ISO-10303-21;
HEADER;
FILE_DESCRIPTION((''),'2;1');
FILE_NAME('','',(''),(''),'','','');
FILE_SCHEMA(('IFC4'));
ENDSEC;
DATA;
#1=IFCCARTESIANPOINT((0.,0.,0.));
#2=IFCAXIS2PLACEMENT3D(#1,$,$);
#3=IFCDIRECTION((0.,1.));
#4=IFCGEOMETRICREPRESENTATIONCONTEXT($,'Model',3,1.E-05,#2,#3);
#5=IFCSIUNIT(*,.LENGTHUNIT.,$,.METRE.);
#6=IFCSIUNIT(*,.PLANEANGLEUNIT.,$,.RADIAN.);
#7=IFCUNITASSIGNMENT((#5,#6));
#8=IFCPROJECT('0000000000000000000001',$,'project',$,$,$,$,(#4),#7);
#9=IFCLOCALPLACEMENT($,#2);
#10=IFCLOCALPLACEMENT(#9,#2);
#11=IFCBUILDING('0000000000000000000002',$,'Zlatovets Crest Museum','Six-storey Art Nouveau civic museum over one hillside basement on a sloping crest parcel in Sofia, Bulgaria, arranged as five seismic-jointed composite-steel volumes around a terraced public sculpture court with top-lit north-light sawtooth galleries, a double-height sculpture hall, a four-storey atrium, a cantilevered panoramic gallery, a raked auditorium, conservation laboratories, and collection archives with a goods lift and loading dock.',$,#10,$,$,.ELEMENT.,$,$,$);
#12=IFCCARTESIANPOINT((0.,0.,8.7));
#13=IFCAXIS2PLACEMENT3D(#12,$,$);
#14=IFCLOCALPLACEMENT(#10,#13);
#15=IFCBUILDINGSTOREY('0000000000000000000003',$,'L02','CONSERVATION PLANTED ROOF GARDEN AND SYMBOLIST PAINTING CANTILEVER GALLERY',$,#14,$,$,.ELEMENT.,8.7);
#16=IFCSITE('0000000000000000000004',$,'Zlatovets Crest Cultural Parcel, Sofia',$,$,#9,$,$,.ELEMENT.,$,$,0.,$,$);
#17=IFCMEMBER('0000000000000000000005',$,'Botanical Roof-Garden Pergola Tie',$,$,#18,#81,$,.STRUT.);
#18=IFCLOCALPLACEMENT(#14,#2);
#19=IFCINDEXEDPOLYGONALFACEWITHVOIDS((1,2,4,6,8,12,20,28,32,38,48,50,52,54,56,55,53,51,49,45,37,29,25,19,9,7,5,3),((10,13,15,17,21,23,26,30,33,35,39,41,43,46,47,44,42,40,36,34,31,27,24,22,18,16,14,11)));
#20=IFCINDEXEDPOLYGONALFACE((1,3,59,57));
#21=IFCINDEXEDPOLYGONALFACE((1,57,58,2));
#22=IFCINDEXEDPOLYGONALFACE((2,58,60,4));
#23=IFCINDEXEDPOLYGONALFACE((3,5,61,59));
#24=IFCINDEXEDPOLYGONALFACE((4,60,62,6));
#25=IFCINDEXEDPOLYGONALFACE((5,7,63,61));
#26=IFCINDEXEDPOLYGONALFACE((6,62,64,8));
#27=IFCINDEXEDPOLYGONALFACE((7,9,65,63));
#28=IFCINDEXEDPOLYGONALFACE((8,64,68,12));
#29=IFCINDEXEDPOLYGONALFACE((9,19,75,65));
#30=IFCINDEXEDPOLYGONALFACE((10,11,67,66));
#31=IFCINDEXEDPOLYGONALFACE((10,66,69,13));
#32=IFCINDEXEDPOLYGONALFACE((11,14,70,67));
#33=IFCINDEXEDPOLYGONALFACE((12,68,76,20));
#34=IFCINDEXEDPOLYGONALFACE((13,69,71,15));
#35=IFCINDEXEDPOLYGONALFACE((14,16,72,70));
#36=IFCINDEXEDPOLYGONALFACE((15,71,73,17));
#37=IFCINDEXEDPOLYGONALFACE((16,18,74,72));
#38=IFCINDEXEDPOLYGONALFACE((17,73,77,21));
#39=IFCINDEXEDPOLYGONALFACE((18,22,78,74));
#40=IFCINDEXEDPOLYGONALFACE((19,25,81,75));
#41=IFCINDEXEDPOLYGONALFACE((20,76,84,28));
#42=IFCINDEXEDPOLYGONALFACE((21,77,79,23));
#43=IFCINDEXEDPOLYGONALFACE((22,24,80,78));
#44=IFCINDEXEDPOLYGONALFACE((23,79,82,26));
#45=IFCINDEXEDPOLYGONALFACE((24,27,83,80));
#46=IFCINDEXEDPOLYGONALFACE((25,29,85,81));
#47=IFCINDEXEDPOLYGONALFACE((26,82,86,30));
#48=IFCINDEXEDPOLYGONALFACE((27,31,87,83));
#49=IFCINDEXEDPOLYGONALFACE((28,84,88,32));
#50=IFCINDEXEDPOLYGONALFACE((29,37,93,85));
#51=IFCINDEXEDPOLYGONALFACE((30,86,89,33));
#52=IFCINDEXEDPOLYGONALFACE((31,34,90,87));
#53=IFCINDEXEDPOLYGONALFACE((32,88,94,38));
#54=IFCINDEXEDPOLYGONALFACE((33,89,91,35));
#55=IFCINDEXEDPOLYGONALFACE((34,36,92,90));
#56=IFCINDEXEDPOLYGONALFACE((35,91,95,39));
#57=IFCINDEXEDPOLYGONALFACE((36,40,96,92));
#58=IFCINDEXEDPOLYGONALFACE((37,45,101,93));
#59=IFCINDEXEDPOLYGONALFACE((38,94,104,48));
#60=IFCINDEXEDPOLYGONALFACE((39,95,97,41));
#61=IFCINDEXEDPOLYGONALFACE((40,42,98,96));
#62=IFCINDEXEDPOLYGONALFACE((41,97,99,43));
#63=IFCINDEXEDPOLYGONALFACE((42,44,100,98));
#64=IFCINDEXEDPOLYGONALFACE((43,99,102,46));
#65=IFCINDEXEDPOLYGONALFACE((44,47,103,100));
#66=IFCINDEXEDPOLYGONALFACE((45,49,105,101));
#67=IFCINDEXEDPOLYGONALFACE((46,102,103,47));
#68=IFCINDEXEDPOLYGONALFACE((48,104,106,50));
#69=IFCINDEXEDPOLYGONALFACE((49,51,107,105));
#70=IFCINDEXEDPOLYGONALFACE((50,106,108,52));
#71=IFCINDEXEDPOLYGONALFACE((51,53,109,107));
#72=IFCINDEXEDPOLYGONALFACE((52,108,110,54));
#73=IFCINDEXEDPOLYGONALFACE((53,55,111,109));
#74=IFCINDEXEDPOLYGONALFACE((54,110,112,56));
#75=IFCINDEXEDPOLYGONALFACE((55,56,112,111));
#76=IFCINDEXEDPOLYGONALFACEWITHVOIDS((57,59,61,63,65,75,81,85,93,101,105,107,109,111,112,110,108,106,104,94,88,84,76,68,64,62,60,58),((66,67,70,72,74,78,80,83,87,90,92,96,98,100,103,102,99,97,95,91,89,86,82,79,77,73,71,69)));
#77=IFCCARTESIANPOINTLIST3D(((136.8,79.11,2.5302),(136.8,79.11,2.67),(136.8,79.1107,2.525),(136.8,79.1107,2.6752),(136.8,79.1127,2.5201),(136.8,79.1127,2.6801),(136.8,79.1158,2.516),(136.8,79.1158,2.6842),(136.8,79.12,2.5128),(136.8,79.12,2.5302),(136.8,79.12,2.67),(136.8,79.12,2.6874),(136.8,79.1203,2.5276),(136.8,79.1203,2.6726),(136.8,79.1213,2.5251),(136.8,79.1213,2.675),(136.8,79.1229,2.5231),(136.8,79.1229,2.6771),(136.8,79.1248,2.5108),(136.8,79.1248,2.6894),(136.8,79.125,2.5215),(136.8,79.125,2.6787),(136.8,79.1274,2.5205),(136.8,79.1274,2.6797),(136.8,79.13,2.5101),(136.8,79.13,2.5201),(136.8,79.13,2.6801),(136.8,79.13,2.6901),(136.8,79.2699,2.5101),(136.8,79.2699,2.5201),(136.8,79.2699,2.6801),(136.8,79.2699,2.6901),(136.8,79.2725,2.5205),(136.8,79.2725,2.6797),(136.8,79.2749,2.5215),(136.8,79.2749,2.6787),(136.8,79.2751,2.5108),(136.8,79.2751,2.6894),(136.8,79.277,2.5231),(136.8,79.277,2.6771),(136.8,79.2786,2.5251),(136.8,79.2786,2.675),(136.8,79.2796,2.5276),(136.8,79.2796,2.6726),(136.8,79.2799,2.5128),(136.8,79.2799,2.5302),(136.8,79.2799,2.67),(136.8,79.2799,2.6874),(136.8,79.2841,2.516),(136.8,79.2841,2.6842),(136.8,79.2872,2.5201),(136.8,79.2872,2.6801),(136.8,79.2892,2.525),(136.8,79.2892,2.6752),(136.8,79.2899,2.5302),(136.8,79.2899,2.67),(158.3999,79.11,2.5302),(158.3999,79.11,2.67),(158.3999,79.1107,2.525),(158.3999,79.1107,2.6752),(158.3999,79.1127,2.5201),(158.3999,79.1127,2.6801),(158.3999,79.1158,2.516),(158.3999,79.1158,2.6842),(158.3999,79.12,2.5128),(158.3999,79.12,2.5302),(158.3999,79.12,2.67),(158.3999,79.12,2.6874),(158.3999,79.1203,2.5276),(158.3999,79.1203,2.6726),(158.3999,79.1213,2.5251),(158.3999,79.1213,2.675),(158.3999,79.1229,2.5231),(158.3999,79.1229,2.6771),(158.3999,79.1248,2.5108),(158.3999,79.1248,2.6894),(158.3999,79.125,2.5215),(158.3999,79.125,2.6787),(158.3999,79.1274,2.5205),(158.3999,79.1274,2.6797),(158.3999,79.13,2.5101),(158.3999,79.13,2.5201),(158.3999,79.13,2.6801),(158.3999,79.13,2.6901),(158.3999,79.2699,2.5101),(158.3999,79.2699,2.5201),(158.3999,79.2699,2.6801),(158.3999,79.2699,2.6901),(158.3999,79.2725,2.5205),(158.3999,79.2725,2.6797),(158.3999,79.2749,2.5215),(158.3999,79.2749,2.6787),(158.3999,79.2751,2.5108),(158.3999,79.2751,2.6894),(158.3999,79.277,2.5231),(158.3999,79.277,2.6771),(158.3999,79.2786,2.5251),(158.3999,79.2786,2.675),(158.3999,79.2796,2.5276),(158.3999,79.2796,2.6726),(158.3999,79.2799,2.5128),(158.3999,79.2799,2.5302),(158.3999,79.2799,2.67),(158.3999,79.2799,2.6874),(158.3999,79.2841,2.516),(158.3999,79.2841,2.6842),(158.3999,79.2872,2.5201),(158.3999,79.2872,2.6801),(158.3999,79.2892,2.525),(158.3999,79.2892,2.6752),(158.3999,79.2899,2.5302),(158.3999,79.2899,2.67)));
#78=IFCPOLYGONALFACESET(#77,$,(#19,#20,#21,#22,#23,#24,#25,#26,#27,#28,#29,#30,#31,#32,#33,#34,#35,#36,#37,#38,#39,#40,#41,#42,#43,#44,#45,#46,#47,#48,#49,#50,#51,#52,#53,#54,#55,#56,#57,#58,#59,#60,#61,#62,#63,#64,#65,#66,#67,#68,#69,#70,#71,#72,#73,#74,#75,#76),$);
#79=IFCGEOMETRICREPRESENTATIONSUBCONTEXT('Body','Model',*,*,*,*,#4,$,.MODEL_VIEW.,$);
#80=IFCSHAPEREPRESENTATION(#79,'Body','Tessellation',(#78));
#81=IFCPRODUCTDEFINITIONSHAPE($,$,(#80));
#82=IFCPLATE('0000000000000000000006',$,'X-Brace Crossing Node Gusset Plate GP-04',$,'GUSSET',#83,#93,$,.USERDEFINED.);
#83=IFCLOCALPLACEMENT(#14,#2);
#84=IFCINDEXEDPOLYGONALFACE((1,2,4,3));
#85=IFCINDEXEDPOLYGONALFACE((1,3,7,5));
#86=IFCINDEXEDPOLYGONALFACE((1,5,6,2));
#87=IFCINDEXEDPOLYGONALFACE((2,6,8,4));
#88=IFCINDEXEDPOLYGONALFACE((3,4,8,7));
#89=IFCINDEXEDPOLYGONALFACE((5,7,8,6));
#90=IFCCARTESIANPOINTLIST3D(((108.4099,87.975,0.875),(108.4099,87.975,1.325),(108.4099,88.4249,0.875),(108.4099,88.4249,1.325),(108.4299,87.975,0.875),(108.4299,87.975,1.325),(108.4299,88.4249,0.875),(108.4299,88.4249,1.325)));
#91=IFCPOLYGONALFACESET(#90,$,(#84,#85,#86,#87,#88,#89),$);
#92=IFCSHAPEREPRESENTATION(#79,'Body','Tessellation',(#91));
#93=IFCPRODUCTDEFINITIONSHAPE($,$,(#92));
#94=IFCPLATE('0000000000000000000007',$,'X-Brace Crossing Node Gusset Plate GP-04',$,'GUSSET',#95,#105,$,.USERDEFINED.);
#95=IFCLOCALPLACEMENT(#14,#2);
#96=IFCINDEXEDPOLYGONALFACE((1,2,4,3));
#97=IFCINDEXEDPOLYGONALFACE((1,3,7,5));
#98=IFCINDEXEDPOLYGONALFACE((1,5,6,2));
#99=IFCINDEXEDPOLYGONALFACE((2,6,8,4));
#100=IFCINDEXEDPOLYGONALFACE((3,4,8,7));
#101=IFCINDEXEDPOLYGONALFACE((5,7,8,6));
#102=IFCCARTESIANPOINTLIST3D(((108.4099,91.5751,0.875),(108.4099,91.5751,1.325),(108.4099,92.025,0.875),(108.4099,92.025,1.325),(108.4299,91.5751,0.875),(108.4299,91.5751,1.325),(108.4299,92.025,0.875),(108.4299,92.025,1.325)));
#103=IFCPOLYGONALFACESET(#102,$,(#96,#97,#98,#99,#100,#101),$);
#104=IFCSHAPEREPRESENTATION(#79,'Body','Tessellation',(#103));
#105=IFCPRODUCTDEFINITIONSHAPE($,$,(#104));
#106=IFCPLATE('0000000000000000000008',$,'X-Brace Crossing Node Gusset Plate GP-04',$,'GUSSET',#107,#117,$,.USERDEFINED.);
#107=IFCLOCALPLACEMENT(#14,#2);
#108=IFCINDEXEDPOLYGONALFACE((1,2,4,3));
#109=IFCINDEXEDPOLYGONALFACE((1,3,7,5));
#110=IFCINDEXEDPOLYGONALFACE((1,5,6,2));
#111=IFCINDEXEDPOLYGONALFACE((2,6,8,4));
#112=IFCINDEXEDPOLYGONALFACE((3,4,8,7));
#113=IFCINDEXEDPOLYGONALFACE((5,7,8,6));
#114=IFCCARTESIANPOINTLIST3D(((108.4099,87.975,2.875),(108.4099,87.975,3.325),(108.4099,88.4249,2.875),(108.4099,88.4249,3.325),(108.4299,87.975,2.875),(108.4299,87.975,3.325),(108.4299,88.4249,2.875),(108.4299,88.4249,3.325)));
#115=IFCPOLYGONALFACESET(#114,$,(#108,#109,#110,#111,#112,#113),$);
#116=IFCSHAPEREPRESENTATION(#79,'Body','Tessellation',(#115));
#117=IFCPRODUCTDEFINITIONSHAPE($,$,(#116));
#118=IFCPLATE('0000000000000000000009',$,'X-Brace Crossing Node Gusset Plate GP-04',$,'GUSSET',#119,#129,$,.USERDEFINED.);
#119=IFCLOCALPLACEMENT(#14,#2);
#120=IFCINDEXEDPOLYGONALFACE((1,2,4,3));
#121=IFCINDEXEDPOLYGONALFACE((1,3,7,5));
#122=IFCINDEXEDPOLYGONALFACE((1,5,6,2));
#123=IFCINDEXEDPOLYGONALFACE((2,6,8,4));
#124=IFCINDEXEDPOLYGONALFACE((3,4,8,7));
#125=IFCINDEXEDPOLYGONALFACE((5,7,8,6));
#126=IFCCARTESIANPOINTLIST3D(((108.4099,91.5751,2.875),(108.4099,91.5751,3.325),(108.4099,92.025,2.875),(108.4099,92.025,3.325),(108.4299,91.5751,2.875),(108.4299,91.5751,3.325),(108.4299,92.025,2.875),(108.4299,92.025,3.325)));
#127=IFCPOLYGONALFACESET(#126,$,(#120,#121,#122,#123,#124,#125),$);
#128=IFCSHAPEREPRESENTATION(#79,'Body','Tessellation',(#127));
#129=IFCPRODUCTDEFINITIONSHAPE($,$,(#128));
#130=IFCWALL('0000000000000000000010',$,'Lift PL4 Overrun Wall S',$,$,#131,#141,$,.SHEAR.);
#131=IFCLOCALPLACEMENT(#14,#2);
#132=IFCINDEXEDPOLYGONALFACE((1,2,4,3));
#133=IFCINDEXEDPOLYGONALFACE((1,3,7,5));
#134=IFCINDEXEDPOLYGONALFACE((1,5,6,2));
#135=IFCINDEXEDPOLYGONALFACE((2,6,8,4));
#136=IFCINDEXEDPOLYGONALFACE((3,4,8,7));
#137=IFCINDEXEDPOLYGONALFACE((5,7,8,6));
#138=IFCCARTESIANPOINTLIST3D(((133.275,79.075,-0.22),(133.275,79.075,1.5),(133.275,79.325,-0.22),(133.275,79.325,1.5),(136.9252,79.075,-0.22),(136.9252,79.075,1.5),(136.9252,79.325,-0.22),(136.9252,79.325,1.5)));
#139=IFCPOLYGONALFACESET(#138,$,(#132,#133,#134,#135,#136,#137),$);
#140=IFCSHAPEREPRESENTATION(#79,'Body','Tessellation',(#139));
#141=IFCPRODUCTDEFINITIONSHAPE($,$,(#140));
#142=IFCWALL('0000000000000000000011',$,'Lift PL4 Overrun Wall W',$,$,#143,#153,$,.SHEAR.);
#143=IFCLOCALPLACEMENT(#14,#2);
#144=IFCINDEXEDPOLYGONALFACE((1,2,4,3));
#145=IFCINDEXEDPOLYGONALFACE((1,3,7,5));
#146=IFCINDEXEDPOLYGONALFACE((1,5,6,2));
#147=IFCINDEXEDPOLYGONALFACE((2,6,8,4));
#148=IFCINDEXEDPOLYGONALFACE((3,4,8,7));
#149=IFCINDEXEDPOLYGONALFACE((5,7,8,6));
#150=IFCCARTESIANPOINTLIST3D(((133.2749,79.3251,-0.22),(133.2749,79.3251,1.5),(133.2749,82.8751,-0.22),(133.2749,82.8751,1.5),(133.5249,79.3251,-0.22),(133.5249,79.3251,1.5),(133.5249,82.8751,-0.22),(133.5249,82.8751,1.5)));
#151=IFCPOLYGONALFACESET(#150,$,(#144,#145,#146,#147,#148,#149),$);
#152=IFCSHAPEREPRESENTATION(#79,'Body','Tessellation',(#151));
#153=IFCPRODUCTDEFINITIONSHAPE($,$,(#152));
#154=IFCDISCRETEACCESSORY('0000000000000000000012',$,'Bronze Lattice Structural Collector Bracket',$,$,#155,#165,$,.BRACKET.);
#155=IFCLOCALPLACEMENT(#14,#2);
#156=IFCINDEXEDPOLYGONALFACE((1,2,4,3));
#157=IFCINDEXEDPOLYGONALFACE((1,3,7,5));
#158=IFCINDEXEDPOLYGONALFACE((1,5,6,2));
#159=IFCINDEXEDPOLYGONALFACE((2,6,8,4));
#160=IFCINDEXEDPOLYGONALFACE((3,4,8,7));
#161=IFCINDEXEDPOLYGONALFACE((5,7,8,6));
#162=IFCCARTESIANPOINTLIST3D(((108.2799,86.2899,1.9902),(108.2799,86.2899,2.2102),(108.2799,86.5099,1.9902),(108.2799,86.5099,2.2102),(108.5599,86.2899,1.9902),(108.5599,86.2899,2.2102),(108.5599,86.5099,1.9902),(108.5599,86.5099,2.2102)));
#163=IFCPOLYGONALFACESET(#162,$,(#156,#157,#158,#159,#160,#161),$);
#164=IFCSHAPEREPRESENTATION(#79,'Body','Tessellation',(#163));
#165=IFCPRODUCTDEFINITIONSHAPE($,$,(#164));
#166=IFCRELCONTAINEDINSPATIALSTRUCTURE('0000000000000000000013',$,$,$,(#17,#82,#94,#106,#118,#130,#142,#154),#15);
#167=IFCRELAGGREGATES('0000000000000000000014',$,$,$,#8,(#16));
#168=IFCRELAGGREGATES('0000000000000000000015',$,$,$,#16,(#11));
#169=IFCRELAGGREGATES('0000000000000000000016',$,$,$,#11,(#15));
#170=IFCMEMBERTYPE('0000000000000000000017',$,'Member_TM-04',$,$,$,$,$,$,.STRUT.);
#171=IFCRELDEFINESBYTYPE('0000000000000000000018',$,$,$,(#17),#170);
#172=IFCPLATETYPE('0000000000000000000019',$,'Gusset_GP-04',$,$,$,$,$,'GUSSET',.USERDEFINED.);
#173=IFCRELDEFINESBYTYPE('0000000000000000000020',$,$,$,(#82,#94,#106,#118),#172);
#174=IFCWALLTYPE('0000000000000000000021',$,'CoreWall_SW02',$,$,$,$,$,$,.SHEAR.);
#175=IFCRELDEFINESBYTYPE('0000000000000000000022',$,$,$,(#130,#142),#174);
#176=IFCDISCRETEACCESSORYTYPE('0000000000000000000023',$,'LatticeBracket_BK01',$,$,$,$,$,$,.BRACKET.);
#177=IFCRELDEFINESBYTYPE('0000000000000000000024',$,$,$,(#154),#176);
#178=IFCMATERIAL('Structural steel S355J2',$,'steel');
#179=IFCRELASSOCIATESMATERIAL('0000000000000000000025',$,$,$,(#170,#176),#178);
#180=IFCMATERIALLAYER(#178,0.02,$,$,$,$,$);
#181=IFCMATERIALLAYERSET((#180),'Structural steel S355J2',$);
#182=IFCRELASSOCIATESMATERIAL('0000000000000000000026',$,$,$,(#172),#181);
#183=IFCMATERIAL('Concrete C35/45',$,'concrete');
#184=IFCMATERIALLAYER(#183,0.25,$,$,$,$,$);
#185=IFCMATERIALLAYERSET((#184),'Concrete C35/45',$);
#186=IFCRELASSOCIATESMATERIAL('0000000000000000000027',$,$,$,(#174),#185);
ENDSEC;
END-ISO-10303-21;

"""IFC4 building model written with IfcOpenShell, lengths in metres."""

from ifc_helpers import new_model, si_unit, direction, frame, frame_2d, origin, origin_2d, place, context, subcontext, project, spatial, rectangle, hollow_rectangle, extrude, material, layer, layer_set, material_profile, profile_set, type_object, element, save


model = new_model("IFC4")

# Units and contexts
model_context = context("Model", 3, precision=1e-05, world=origin(), true_north=direction((0.0, 1.0)))
body_context = subcontext(model_context, "Body", "Model", "MODEL_VIEW")
ifc_project = project(units=[si_unit("LENGTHUNIT", "METRE"), si_unit("PLANEANGLEUNIT", "RADIAN")], contexts=[model_context])

# Site, building, storey
site_placement = place(None, origin())
site = spatial("IfcSite", under=ifc_project, at=site_placement, Name="Zlatovets Crest Cultural Parcel, Sofia", CompositionType="ELEMENT", RefElevation=0.0)
building_placement = place(site_placement, origin())
building = spatial("IfcBuilding", under=site, at=building_placement, Name="Zlatovets Crest Museum", Description="Six-storey Art Nouveau civic museum over one hillside basement on a sloping crest parcel in Sofia, Bulgaria, arranged as five seismic-jointed composite-steel volumes around a terraced public sculpture court with top-lit north-light sawtooth galleries, a double-height sculpture hall, a four-storey atrium, a cantilevered panoramic gallery, a raked auditorium, conservation laboratories, and collection archives with a goods lift and loading dock.", CompositionType="ELEMENT")
storey_placement = place(building_placement, frame((0.0, 0.0, 8.7)))
storey = spatial("IfcBuildingStorey", under=building, at=storey_placement, Name="L02", Description="CONSERVATION PLANTED ROOF GARDEN AND SYMBOLIST PAINTING CANTILEVER GALLERY", CompositionType="ELEMENT", Elevation=8.7)

# Shared definitions
ifc_material_1 = material(Name="Structural steel S355J2", Category="steel")

# Member
ifc_material_profile_1 = material_profile(ifc_material_1, hollow_rectangle(XDim=0.1799, YDim=0.1799, WallThickness=0.01, InnerFilletRadius=0.01, OuterFilletRadius=0.02, at=origin_2d()), Name="SHS 180x180x10.0")
ifc_profile_set_1 = profile_set([ifc_material_profile_1], Name="Structural steel S355J2")
member_type_1 = type_object("IfcMemberType", Name="Member_TM-04", PredefinedType="STRUT", material=ifc_profile_set_1)
for number, where, z_axis, x_axis, name in (
    (1, (136.8, 79.2, 2.6001), (1.0, 0.0, 0.0), (0.0, 1.0, 0.0), "Botanical Roof-Garden Pergola Tie"),
):
    element("IfcMember", number, at=place(storey_placement, frame(where, z_axis=z_axis, x_axis=x_axis)), inside=storey, type_object=member_type_1, Name=name, PredefinedType="STRUT", context=body_context, shape_type="SweptSolid", body=[
        extrude(hollow_rectangle(XDim=0.1799, YDim=0.1799, WallThickness=0.01, InnerFilletRadius=0.01, OuterFilletRadius=0.02, at=origin_2d()), origin(), (0.0, 0.0, 1.0), 21.5999),
    ])

# Plates
ifc_layer_1 = layer(ifc_material_1, 0.02)
ifc_layer_set_1 = layer_set([ifc_layer_1], Name="Structural steel S355J2")
plate_type = type_object("IfcPlateType", Name="Gusset_GP-04", ElementType="GUSSET", PredefinedType="USERDEFINED", material=ifc_layer_set_1)
for number, where, z_axis, x_axis, name in (
    (2, (108.4199, 88.2, 0.875), (0.0, 0.0, 1.0), (1.0, 0.0, 0.0), "X-Brace Crossing Node Gusset Plate GP-04"),
    (3, (108.4199, 91.8, 0.875), (0.0, 0.0, 1.0), (1.0, 0.0, 0.0), "X-Brace Crossing Node Gusset Plate GP-04"),
    (4, (108.4199, 88.2, 2.875), (0.0, 0.0, 1.0), (1.0, 0.0, 0.0), "X-Brace Crossing Node Gusset Plate GP-04"),
    (5, (108.4199, 91.8, 2.875), (0.0, 0.0, 1.0), (1.0, 0.0, 0.0), "X-Brace Crossing Node Gusset Plate GP-04"),
):
    element("IfcPlate", number, at=place(storey_placement, frame(where, z_axis=z_axis, x_axis=x_axis)), inside=storey, type_object=plate_type, Name=name, ObjectType="GUSSET", PredefinedType="USERDEFINED", context=body_context, shape_type="SweptSolid", body=[
        extrude(rectangle(XDim=0.02, YDim=0.45, at=origin_2d()), origin(), (0.0, 0.0, 1.0), 0.45),
    ])

# Walls
ifc_material_2 = material(Name="Concrete C35/45", Category="concrete")
ifc_layer_2 = layer(ifc_material_2, 0.25)
ifc_layer_set_2 = layer_set([ifc_layer_2], Name="Concrete C35/45")
wall_type = type_object("IfcWallType", Name="CoreWall_SW02", PredefinedType="SHEAR", material=ifc_layer_set_2)
wall_1_placement = place(storey_placement, frame((133.2749, 79.2, -0.22), z_axis=(0.0, 0.0, 1.0), x_axis=(1.0, 0.0, 0.0)))
element("IfcWall", 6, at=wall_1_placement, inside=storey, type_object=wall_type, Name="Lift PL4 Overrun Wall S", PredefinedType="SHEAR", context=body_context, shape_type="SweptSolid", body=[
    extrude(rectangle(XDim=3.6501, YDim=0.25, at=frame_2d((1.8252, 0.0))), origin(), (0.0, 0.0, 1.0), 1.72),
])
wall_2_placement = place(storey_placement, frame((133.3999, 82.875, -0.22), z_axis=(0.0, 0.0, 1.0), x_axis=(0.0, -1.0, 0.0)))
element("IfcWall", 7, at=wall_2_placement, inside=storey, type_object=wall_type, Name="Lift PL4 Overrun Wall W", PredefinedType="SHEAR", context=body_context, shape_type="SweptSolid", body=[
    extrude(rectangle(XDim=3.55, YDim=0.25, at=frame_2d((1.7749, 0.0))), origin(), (0.0, 0.0, 1.0), 1.72),
])

# Discrete accessory
discrete_accessory_type = type_object("IfcDiscreteAccessoryType", Name="LatticeBracket_BK01", PredefinedType="BRACKET", material=ifc_material_1)
discrete_accessory_placement = place(storey_placement, frame((108.4199, 86.3999, 1.9902), z_axis=(0.0, 0.0, 1.0), x_axis=(1.0, 0.0, 0.0)))
element("IfcDiscreteAccessory", 8, at=discrete_accessory_placement, inside=storey, type_object=discrete_accessory_type, Name="Bronze Lattice Structural Collector Bracket", PredefinedType="BRACKET", context=body_context, shape_type="SweptSolid", body=[
    extrude(rectangle(XDim=0.28, YDim=0.22, at=origin_2d()), origin(), (0.0, 0.0, 1.0), 0.22),
])

save(model, "model.ifc")
